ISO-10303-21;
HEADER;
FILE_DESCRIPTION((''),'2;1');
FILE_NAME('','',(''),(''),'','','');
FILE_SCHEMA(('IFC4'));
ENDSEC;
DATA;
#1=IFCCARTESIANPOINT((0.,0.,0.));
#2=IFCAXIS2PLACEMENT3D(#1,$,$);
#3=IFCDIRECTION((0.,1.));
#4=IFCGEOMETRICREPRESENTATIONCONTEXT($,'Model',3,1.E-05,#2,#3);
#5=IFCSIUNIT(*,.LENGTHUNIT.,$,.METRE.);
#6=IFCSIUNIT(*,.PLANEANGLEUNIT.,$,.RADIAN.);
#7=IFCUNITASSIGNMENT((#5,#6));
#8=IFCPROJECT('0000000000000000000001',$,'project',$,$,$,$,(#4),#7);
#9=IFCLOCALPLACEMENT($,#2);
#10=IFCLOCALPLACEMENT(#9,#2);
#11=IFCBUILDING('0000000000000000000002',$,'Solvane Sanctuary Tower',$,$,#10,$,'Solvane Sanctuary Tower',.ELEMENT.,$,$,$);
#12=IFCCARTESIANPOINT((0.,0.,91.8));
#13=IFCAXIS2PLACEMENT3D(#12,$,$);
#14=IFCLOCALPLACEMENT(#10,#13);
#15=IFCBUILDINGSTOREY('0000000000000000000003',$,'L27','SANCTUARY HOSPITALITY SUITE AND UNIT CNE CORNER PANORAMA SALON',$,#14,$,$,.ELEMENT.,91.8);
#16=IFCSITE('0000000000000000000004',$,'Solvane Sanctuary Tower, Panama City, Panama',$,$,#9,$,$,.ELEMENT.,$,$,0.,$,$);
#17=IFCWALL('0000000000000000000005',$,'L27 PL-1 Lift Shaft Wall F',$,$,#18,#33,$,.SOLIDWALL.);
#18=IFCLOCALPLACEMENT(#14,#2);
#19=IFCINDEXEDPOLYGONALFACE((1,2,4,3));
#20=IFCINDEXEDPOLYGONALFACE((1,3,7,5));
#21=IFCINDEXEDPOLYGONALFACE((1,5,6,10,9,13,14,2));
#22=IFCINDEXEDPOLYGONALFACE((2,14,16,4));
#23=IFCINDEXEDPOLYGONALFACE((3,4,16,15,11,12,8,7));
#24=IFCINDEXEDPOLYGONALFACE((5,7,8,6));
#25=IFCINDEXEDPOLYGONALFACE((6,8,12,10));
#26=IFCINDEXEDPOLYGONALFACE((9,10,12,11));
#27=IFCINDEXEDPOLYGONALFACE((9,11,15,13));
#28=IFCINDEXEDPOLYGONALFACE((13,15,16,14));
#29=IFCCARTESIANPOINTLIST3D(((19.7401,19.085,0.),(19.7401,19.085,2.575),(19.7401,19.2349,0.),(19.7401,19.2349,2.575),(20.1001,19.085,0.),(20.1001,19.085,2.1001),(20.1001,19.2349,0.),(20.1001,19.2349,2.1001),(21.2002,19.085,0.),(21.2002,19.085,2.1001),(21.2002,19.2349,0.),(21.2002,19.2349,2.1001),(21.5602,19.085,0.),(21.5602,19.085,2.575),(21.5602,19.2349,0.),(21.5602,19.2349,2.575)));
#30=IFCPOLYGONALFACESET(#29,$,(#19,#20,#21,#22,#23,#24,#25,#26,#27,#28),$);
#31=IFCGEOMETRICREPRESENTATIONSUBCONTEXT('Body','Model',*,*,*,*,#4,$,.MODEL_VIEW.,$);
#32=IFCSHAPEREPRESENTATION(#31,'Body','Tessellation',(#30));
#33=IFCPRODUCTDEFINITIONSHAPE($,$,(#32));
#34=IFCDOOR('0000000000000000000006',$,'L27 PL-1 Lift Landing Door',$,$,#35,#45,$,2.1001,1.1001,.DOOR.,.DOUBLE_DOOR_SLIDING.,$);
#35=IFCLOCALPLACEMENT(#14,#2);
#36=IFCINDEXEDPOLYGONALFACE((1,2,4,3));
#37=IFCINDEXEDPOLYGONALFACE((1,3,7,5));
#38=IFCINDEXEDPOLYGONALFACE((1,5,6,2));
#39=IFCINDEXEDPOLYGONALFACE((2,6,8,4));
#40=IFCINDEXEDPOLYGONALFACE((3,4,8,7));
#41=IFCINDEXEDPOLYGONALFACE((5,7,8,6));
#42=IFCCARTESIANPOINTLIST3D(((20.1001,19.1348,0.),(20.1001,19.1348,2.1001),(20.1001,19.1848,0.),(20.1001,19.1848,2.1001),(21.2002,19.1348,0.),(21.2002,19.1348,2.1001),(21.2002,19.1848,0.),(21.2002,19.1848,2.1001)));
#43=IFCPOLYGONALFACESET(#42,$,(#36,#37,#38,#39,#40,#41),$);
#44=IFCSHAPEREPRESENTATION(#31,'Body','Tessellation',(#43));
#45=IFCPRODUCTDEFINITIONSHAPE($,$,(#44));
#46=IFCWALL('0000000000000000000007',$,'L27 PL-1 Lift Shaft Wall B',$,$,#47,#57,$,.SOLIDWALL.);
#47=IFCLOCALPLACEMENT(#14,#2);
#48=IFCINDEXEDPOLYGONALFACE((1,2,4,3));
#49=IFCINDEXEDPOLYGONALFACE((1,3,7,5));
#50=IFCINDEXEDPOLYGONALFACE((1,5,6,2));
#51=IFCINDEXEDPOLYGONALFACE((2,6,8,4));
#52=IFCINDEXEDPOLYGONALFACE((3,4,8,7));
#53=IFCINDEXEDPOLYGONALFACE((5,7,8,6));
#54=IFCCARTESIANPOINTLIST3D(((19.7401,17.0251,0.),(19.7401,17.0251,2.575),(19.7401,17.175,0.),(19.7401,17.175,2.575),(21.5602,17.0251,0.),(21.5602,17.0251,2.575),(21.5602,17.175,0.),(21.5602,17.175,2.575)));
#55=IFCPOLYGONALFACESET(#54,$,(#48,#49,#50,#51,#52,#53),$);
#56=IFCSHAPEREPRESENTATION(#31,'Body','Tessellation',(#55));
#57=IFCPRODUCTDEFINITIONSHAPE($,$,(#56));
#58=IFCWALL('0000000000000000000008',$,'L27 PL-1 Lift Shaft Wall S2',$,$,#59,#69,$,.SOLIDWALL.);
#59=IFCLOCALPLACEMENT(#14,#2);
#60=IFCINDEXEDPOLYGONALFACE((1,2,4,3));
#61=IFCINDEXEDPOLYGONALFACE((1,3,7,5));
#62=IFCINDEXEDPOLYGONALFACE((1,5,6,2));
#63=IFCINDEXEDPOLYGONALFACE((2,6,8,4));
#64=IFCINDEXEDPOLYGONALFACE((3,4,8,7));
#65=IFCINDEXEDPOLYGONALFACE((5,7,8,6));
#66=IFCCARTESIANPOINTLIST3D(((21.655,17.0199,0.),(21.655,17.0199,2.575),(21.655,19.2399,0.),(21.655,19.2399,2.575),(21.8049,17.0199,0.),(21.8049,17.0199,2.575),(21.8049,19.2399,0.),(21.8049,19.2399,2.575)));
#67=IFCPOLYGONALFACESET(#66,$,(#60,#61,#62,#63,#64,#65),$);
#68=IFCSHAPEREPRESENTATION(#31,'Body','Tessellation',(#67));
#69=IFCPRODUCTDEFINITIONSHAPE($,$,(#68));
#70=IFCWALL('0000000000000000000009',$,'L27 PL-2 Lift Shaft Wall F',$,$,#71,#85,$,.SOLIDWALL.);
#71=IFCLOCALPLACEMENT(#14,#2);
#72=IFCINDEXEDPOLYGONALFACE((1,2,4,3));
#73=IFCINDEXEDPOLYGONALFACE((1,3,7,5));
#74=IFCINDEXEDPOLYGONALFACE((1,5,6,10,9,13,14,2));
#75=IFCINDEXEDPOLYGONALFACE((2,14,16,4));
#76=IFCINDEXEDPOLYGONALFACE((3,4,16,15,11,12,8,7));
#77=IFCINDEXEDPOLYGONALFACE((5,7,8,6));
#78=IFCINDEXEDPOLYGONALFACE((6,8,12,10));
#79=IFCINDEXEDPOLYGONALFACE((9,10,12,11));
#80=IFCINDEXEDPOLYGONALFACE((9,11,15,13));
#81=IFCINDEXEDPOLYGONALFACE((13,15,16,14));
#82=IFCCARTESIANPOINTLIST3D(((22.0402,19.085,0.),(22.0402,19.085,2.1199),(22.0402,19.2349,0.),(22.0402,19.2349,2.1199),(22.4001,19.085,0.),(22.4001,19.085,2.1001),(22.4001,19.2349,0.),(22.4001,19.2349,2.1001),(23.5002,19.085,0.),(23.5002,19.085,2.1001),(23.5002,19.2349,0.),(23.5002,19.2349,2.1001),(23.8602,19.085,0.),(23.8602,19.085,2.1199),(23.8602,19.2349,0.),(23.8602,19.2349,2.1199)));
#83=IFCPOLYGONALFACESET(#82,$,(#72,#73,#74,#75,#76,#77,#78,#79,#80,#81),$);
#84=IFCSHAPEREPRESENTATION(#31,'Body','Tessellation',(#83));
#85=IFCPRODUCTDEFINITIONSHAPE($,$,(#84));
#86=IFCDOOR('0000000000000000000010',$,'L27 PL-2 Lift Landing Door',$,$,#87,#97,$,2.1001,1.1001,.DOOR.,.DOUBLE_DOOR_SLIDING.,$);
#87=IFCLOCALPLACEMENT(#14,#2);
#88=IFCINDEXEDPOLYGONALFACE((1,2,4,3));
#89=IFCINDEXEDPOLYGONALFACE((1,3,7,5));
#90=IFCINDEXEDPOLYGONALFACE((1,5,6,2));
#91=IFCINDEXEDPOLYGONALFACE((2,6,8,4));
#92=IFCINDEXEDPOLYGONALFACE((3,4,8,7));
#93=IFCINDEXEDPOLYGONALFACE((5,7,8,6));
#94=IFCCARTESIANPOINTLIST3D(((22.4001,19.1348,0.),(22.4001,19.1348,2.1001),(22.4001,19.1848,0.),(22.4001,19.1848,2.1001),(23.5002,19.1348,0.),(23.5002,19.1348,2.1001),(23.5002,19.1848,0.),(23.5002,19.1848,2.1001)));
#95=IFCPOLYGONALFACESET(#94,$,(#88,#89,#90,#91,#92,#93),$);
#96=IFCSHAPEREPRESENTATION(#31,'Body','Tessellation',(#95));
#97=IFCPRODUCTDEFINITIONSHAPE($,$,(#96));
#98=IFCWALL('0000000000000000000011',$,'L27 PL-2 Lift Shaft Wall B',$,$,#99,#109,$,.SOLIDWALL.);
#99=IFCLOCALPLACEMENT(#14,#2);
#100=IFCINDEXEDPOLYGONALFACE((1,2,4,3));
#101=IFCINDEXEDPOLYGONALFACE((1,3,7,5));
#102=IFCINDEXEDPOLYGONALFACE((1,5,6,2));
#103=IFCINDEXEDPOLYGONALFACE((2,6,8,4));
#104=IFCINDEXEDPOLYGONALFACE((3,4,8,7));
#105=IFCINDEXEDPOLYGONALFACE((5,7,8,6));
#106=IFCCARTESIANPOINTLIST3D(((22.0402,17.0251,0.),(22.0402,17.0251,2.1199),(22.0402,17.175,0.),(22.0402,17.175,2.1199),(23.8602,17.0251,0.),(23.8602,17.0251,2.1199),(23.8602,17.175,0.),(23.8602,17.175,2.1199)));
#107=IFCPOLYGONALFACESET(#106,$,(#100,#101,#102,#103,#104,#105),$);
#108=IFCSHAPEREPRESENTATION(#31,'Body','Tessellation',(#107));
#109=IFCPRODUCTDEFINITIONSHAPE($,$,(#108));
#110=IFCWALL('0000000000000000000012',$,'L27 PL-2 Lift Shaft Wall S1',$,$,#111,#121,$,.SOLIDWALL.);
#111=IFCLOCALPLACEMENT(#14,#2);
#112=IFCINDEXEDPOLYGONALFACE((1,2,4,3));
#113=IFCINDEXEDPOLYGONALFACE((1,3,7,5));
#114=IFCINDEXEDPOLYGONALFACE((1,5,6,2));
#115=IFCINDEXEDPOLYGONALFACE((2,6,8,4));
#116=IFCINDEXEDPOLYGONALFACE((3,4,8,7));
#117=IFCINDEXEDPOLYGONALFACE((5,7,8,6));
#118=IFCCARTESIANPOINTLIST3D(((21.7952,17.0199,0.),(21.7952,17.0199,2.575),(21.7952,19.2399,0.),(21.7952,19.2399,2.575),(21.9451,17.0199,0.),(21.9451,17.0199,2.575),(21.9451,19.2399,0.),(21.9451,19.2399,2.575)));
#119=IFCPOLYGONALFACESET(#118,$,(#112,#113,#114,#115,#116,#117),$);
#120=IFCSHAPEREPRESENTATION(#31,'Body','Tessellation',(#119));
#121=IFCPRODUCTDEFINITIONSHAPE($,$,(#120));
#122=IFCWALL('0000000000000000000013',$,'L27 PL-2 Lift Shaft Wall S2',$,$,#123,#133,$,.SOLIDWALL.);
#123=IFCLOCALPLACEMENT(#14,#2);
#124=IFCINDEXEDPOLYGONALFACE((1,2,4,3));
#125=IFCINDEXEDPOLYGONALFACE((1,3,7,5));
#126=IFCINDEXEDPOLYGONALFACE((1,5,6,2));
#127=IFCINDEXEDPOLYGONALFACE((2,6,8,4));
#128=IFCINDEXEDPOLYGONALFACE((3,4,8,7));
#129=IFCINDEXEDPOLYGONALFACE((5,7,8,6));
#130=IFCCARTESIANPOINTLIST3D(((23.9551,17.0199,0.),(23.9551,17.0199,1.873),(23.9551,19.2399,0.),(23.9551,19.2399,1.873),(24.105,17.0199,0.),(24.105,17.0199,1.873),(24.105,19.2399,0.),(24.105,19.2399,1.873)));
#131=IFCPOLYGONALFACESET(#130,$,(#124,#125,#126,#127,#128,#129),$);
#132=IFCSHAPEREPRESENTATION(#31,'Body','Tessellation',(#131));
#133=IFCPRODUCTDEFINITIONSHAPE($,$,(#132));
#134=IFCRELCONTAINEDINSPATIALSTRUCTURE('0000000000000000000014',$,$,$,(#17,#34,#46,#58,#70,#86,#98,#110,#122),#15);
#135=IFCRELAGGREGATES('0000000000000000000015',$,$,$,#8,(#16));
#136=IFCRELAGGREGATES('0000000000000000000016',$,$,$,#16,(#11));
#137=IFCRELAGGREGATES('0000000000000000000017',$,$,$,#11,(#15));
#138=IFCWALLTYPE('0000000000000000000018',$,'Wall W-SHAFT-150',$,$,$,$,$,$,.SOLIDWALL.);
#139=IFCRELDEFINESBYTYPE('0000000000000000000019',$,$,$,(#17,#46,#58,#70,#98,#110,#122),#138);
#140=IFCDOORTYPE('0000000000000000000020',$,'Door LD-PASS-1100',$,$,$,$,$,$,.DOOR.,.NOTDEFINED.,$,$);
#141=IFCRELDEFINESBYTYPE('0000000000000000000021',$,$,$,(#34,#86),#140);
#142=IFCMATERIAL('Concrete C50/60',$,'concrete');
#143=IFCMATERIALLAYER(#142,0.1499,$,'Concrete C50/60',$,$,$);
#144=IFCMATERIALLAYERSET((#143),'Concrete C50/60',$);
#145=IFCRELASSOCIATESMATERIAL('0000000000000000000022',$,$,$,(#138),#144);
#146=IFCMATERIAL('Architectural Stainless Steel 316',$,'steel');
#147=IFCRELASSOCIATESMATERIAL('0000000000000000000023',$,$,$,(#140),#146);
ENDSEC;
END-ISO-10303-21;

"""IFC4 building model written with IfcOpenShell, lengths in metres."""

from ifc_helpers import new_model, si_unit, direction, frame, frame_2d, origin, place, context, subcontext, project, spatial, rectangle, extrude, material, layer, layer_set, type_object, element, fill, save


model = new_model("IFC4")

# Units and contexts
model_context = context("Model", 3, precision=1e-05, world=origin(), true_north=direction((0.0, 1.0)))
body_context = subcontext(model_context, "Body", "Model", "MODEL_VIEW")
ifc_project = project(units=[si_unit("LENGTHUNIT", "METRE"), si_unit("PLANEANGLEUNIT", "RADIAN")], contexts=[model_context])

# Site, building, storey
site_placement = place(None, origin())
site = spatial("IfcSite", under=ifc_project, at=site_placement, Name="Solvane Sanctuary Tower, Panama City, Panama", CompositionType="ELEMENT", RefElevation=0.0)
building_placement = place(site_placement, origin())
building = spatial("IfcBuilding", under=site, at=building_placement, Name="Solvane Sanctuary Tower", LongName="Solvane Sanctuary Tower", CompositionType="ELEMENT")
storey_placement = place(building_placement, frame((0.0, 0.0, 91.8)))
storey = spatial("IfcBuildingStorey", under=building, at=storey_placement, Name="L27", Description="SANCTUARY HOSPITALITY SUITE AND UNIT CNE CORNER PANORAMA SALON", CompositionType="ELEMENT", Elevation=91.8)

# Wall, opening, door
ifc_material_1 = material(Name="Concrete C50/60", Category="concrete")
ifc_layer_1 = layer(ifc_material_1, 0.1499, Name="Concrete C50/60")
ifc_layer_set_1 = layer_set([ifc_layer_1], Name="Concrete C50/60")
wall_type_1 = type_object("IfcWallType", Name="Wall W-SHAFT-150", PredefinedType="SOLIDWALL", material=ifc_layer_set_1)
wall_1_placement = place(storey_placement, frame((19.74, 19.1599, 0.0), z_axis=(0.0, 0.0, 1.0), x_axis=(1.0, 0.0, 0.0)))
wall_1 = element("IfcWall", 1, at=wall_1_placement, inside=storey, type_object=wall_type_1, Name="L27 PL-1 Lift Shaft Wall F", PredefinedType="SOLIDWALL", context=body_context, shape_type="SweptSolid", body=[
    extrude(rectangle(XDim=1.8201, YDim=0.1499, at=frame_2d((0.9102, 0.0))), origin(), (0.0, 0.0, 1.0), 2.575),
])
opening_1_placement = place(wall_1_placement, frame((0.3601, 0.0, 0.0)))
opening_1 = element("IfcOpeningElement", 2, at=opening_1_placement, cuts=wall_1, PredefinedType="OPENING", context=body_context, shape_type="SweptSolid", body=[
    extrude(rectangle(XDim=1.1001, YDim=2.1001, at=frame_2d((0.55, 1.05))), frame((0.0, 0.085, 0.0), z_axis=(0.0, -1.0, 0.0), x_axis=(1.0, 0.0, 0.0)), (0.0, 0.0, 1.0), 0.1699),
])
ifc_material_2 = material(Name="Architectural Stainless Steel 316", Category="steel")
door_type = type_object("IfcDoorType", Name="Door LD-PASS-1100", OperationType="NOTDEFINED", PredefinedType="DOOR", material=ifc_material_2)
door_1_placement = place(opening_1_placement, origin())
door_1 = element("IfcDoor", 3, at=door_1_placement, inside=storey, type_object=door_type, Name="L27 PL-1 Lift Landing Door", OperationType="DOUBLE_DOOR_SLIDING", OverallHeight=2.1001, OverallWidth=1.1001, PredefinedType="DOOR", context=body_context, shape_type="SweptSolid", body=[
    extrude(rectangle(XDim=1.1001, YDim=2.1001, at=frame_2d((0.55, 1.05))), frame((0.0, 0.0249, 0.0), z_axis=(0.0, -1.0, 0.0), x_axis=(1.0, 0.0, 0.0)), (0.0, 0.0, 1.0), 0.05),
])
fill(opening_1, door_1)

# Walls
wall_2_placement = place(storey_placement, frame((19.74, 17.1001, 0.0), z_axis=(0.0, 0.0, 1.0), x_axis=(1.0, 0.0, 0.0)))
element("IfcWall", 4, at=wall_2_placement, inside=storey, type_object=wall_type_1, Name="L27 PL-1 Lift Shaft Wall B", PredefinedType="SOLIDWALL", context=body_context, shape_type="SweptSolid", body=[
    extrude(rectangle(XDim=1.8201, YDim=0.1499, at=frame_2d((0.9102, 0.0))), origin(), (0.0, 0.0, 1.0), 2.575),
])
wall_3_placement = place(storey_placement, frame((21.73, 17.02, 0.0), z_axis=(0.0, 0.0, 1.0), x_axis=(0.0, 1.0, 0.0)))
element("IfcWall", 5, at=wall_3_placement, inside=storey, type_object=wall_type_1, Name="L27 PL-1 Lift Shaft Wall S2", PredefinedType="SOLIDWALL", context=body_context, shape_type="SweptSolid", body=[
    extrude(rectangle(XDim=2.22, YDim=0.1499, at=frame_2d((1.1099, 0.0))), origin(), (0.0, 0.0, 1.0), 2.575),
])

# Wall, opening, door
wall_4_placement = place(storey_placement, frame((22.04, 19.1599, 0.0), z_axis=(0.0, 0.0, 1.0), x_axis=(1.0, 0.0, 0.0)))
wall_4 = element("IfcWall", 6, at=wall_4_placement, inside=storey, type_object=wall_type_1, Name="L27 PL-2 Lift Shaft Wall F", PredefinedType="SOLIDWALL", context=body_context, shape_type="SweptSolid", body=[
    extrude(rectangle(XDim=1.8201, YDim=0.1499, at=frame_2d((0.9102, 0.0))), origin(), (0.0, 0.0, 1.0), 2.1199),
])
opening_2_placement = place(wall_4_placement, frame((0.3601, 0.0, 0.0)))
opening_2 = element("IfcOpeningElement", 7, at=opening_2_placement, cuts=wall_4, PredefinedType="OPENING", context=body_context, shape_type="SweptSolid", body=[
    extrude(rectangle(XDim=1.1001, YDim=2.1001, at=frame_2d((0.55, 1.05))), frame((0.0, 0.085, 0.0), z_axis=(0.0, -1.0, 0.0), x_axis=(1.0, 0.0, 0.0)), (0.0, 0.0, 1.0), 0.1699),
])
door_2_placement = place(opening_2_placement, origin())
door_2 = element("IfcDoor", 8, at=door_2_placement, inside=storey, type_object=door_type, Name="L27 PL-2 Lift Landing Door", OperationType="DOUBLE_DOOR_SLIDING", OverallHeight=2.1001, OverallWidth=1.1001, PredefinedType="DOOR", context=body_context, shape_type="SweptSolid", body=[
    extrude(rectangle(XDim=1.1001, YDim=2.1001, at=frame_2d((0.55, 1.05))), frame((0.0, 0.0249, 0.0), z_axis=(0.0, -1.0, 0.0), x_axis=(1.0, 0.0, 0.0)), (0.0, 0.0, 1.0), 0.05),
])
fill(opening_2, door_2)

# Walls
wall_5_placement = place(storey_placement, frame((22.04, 17.1001, 0.0), z_axis=(0.0, 0.0, 1.0), x_axis=(1.0, 0.0, 0.0)))
element("IfcWall", 9, at=wall_5_placement, inside=storey, type_object=wall_type_1, Name="L27 PL-2 Lift Shaft Wall B", PredefinedType="SOLIDWALL", context=body_context, shape_type="SweptSolid", body=[
    extrude(rectangle(XDim=1.8201, YDim=0.1499, at=frame_2d((0.9102, 0.0))), origin(), (0.0, 0.0, 1.0), 2.1199),
])
wall_6_placement = place(storey_placement, frame((21.8701, 17.02, 0.0), z_axis=(0.0, 0.0, 1.0), x_axis=(0.0, 1.0, 0.0)))
element("IfcWall", 10, at=wall_6_placement, inside=storey, type_object=wall_type_1, Name="L27 PL-2 Lift Shaft Wall S1", PredefinedType="SOLIDWALL", context=body_context, shape_type="SweptSolid", body=[
    extrude(rectangle(XDim=2.22, YDim=0.1499, at=frame_2d((1.1099, 0.0))), origin(), (0.0, 0.0, 1.0), 2.575),
])
wall_7_placement = place(storey_placement, frame((24.03, 17.02, 0.0), z_axis=(0.0, 0.0, 1.0), x_axis=(0.0, 1.0, 0.0)))
element("IfcWall", 11, at=wall_7_placement, inside=storey, type_object=wall_type_1, Name="L27 PL-2 Lift Shaft Wall S2", PredefinedType="SOLIDWALL", context=body_context, shape_type="SweptSolid", body=[
    extrude(rectangle(XDim=2.22, YDim=0.1499, at=frame_2d((1.1099, 0.0))), origin(), (0.0, 0.0, 1.0), 1.873),
])

save(model, "model.ifc")
